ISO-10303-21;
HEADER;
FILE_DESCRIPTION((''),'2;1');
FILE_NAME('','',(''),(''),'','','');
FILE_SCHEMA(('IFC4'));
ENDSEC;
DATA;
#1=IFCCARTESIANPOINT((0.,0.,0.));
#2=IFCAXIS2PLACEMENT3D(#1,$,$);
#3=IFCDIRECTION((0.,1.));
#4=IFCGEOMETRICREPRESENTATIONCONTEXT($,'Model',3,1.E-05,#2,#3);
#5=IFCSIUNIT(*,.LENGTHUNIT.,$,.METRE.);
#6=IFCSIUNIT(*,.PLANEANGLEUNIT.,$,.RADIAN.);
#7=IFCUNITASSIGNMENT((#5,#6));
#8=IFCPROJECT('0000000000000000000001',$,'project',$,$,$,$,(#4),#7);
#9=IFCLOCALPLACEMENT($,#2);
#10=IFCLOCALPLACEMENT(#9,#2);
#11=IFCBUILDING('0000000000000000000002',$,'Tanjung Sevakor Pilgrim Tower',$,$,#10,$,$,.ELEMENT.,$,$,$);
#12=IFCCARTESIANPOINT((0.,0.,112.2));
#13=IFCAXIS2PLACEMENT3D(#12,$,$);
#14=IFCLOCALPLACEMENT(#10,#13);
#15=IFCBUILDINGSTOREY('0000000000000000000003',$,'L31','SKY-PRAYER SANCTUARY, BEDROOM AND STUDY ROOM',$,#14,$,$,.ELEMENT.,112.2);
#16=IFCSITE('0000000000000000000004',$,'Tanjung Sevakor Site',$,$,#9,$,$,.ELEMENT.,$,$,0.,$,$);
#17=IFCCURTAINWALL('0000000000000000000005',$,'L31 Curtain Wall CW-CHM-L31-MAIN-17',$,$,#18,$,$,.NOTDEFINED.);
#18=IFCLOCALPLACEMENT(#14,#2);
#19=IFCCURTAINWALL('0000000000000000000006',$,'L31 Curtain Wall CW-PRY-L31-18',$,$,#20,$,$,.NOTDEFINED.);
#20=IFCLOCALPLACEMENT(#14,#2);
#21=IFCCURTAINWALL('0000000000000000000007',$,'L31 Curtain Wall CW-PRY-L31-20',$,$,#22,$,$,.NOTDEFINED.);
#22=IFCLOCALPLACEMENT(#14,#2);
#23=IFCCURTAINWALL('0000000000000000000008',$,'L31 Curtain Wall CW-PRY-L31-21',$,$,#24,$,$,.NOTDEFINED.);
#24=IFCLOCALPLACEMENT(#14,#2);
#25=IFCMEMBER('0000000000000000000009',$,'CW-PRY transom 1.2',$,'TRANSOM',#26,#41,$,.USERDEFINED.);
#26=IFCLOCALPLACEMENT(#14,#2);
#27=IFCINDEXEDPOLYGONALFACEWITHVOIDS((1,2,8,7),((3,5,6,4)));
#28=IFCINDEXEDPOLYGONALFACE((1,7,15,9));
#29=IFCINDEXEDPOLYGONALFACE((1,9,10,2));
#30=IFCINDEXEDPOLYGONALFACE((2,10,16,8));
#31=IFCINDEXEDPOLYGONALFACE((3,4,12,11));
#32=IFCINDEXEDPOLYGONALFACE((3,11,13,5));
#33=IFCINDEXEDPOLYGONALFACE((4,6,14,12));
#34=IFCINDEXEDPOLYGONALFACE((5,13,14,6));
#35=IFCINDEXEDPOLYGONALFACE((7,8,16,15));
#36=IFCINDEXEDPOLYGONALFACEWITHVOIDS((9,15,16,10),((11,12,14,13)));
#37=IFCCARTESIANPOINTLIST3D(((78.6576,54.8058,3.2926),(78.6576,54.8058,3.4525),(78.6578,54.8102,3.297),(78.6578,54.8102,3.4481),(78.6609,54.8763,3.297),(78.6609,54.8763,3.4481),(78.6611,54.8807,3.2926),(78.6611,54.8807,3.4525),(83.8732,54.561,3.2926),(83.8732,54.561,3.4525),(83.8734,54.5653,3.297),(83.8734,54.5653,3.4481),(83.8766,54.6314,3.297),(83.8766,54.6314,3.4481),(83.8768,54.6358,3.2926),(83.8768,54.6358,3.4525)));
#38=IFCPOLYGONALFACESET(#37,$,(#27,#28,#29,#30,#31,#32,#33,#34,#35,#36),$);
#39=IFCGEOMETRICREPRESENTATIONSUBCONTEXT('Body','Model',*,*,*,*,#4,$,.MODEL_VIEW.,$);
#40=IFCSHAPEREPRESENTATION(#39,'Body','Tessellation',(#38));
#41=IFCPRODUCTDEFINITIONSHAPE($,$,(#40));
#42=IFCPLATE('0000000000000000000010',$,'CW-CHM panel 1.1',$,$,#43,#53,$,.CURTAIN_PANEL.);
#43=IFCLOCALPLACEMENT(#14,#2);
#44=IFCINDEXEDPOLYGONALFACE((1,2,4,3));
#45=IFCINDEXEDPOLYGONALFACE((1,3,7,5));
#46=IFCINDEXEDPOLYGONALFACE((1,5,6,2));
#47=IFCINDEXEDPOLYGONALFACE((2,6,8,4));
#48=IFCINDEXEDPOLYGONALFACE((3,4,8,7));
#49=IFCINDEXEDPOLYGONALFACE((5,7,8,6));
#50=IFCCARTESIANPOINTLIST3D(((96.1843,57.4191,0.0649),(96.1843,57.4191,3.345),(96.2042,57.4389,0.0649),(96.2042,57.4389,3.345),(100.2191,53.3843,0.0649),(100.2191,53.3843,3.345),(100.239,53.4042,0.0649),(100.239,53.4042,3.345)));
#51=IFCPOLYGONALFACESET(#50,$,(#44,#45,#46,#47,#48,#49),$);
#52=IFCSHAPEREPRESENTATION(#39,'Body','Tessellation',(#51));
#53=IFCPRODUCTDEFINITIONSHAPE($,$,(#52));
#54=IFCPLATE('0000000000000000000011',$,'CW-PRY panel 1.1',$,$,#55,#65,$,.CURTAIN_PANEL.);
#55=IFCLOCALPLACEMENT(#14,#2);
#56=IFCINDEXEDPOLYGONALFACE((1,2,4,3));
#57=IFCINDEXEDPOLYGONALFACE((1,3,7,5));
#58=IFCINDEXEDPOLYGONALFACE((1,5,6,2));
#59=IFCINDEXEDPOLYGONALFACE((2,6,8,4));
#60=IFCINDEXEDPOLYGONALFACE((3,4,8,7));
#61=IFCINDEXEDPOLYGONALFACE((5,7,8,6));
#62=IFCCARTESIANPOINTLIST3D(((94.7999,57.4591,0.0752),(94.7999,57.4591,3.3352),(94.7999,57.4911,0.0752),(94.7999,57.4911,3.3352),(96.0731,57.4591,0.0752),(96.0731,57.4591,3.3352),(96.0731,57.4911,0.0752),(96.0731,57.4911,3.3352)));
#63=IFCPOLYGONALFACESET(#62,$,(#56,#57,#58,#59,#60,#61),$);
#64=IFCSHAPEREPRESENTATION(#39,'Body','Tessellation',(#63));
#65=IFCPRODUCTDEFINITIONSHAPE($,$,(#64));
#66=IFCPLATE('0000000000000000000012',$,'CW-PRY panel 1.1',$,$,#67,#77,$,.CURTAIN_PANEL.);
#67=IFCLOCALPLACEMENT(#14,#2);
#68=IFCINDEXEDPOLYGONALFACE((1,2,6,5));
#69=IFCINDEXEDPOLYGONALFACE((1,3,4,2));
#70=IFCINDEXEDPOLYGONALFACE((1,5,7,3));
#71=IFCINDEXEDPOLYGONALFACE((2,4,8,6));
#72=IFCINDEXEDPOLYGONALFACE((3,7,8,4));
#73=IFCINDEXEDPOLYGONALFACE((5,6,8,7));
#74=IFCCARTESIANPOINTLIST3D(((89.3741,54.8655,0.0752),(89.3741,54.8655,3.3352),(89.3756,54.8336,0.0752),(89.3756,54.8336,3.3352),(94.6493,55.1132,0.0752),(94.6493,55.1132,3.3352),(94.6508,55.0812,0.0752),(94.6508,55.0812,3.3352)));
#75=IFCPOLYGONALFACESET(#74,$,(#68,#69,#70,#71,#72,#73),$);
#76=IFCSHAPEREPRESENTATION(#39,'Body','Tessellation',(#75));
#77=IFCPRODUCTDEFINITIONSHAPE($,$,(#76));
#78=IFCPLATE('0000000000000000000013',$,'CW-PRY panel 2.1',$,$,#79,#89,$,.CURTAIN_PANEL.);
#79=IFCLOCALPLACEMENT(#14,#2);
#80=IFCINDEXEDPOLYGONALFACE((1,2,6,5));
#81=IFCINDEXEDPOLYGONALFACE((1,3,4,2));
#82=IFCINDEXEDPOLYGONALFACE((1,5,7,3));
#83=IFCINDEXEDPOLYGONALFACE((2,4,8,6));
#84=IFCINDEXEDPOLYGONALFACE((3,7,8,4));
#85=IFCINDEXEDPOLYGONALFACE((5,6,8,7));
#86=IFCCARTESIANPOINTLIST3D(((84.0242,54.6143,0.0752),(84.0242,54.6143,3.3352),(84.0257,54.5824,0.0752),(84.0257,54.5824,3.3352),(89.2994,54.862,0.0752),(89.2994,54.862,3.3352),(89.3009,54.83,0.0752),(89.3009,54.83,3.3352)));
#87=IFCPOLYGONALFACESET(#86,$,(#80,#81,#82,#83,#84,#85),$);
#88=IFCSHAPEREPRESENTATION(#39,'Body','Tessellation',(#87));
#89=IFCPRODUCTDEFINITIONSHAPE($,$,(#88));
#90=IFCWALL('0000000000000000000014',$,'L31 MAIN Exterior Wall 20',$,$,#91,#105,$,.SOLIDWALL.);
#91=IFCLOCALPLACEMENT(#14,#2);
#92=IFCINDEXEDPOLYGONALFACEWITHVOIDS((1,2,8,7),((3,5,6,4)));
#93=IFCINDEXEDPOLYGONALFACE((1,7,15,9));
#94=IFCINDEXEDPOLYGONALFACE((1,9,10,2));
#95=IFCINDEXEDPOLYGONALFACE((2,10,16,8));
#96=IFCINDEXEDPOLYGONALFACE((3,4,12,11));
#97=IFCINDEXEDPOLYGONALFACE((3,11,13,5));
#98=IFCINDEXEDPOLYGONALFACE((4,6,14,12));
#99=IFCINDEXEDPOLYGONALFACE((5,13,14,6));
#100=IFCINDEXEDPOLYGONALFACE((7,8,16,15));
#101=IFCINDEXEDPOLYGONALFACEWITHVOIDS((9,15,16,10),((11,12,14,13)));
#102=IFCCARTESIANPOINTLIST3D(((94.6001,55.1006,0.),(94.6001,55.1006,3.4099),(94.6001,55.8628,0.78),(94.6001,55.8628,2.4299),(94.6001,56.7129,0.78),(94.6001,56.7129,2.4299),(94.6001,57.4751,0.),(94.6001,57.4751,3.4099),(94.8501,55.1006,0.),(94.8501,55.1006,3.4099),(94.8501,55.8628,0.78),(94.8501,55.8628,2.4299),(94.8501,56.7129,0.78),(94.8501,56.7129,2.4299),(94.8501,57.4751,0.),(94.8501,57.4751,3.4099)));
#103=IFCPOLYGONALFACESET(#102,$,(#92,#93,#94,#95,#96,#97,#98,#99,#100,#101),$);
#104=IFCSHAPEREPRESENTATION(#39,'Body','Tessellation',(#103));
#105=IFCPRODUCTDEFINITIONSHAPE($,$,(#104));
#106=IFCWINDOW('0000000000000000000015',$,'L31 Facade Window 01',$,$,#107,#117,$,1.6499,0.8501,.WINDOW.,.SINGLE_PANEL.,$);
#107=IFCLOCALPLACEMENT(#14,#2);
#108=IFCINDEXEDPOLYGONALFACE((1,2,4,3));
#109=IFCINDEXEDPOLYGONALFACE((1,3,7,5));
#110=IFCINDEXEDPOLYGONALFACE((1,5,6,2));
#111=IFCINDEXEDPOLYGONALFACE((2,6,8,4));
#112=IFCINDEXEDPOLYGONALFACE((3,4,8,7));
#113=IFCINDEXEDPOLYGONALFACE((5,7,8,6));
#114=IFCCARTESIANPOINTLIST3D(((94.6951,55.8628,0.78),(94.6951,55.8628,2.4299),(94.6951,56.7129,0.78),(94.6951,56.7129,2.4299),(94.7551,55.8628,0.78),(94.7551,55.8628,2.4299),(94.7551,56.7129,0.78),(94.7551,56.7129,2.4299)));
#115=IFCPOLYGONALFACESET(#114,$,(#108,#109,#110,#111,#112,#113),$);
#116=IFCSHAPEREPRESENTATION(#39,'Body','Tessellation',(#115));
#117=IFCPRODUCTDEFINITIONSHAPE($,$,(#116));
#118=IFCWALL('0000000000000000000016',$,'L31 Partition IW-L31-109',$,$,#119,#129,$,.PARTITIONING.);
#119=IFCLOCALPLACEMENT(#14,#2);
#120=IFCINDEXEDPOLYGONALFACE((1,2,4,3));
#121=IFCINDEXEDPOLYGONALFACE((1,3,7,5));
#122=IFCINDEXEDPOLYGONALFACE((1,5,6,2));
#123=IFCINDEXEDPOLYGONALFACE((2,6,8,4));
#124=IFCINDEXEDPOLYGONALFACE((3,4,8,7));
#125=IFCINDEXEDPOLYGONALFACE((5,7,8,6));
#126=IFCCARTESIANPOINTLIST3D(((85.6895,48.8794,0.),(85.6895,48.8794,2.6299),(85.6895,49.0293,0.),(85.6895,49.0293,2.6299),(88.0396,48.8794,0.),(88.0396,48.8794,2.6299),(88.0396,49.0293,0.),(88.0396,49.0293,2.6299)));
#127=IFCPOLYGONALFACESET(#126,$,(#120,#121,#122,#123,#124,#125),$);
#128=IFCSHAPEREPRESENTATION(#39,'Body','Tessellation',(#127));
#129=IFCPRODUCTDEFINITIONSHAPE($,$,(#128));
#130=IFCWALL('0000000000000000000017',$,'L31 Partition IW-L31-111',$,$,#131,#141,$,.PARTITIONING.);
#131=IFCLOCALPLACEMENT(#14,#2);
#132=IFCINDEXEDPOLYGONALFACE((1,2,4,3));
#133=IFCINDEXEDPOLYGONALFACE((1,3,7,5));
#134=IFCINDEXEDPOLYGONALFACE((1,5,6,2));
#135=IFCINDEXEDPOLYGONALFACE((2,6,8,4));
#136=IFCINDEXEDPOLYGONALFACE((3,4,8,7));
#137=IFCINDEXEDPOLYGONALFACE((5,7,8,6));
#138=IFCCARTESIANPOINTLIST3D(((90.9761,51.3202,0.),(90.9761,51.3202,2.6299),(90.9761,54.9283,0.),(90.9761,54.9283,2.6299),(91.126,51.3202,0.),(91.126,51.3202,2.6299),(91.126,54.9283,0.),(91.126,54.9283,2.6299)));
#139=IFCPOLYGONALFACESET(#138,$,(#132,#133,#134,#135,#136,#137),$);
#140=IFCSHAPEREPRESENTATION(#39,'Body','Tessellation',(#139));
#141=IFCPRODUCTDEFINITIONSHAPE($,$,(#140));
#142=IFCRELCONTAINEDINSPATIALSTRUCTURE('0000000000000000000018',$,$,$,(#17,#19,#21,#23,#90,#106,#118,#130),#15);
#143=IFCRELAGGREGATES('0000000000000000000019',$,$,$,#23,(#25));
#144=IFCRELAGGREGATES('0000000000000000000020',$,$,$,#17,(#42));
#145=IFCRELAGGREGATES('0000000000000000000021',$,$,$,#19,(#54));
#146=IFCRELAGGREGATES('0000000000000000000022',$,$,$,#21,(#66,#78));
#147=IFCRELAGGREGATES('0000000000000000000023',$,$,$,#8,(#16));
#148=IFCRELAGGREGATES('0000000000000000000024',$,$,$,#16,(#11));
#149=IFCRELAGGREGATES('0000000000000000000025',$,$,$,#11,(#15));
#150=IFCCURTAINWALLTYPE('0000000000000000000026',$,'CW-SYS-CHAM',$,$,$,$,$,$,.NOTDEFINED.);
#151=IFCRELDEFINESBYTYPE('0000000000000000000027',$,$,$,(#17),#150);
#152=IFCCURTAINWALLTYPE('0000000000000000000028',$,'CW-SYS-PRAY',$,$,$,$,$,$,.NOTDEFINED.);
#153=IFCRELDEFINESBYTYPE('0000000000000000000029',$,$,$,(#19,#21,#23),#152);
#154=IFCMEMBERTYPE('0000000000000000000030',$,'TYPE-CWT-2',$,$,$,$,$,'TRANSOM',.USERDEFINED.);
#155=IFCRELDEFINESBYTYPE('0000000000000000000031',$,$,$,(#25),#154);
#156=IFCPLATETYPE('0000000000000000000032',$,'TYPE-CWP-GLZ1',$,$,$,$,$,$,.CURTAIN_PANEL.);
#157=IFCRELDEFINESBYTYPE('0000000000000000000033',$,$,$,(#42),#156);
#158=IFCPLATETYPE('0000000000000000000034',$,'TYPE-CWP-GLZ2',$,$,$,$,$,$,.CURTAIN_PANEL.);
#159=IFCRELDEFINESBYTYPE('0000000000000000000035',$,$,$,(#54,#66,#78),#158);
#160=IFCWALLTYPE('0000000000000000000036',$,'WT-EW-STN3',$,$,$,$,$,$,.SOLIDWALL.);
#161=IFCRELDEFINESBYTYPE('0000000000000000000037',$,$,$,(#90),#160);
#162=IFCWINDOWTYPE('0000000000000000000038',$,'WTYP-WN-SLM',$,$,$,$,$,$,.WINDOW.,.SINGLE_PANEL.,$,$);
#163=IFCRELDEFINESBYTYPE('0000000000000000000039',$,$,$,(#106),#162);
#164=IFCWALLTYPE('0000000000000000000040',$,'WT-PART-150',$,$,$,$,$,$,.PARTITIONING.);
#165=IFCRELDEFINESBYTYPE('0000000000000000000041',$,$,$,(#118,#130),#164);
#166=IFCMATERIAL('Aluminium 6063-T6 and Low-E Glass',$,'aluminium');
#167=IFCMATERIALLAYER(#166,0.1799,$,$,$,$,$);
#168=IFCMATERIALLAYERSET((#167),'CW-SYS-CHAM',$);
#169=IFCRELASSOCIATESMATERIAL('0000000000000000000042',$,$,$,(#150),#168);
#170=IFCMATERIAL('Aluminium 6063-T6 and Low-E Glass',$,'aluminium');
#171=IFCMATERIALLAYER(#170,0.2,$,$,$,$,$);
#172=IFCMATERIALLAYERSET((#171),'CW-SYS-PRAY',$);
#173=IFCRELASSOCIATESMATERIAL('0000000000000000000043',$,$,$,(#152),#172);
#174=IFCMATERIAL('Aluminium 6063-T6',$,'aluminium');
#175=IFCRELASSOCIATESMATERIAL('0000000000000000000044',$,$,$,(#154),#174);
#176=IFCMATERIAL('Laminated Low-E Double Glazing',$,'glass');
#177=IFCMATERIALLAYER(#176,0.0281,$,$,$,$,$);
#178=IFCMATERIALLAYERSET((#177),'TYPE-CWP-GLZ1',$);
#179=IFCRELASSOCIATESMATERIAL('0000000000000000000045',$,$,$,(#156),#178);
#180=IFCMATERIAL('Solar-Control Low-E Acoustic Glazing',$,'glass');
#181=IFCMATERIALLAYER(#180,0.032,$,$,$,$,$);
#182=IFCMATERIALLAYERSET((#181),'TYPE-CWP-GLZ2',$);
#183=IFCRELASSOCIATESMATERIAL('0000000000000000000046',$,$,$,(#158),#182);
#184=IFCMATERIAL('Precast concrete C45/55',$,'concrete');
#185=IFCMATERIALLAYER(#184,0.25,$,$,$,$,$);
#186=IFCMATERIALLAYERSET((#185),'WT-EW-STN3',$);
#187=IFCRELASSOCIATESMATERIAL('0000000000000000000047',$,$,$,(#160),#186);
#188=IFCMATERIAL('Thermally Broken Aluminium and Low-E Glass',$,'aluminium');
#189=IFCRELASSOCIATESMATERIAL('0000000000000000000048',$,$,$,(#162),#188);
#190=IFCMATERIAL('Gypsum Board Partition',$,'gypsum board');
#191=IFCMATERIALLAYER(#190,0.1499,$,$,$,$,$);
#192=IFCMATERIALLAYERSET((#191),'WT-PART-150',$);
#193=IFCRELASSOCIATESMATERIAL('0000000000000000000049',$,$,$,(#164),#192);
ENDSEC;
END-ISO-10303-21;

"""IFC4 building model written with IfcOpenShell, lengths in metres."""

from ifc_helpers import new_model, si_unit, direction, frame, frame_2d, origin, origin_2d, place, context, subcontext, project, spatial, rectangle, hollow_rectangle, extrude, material, layer, layer_set, material_profile, profile_set, type_object, element, fill, aggregate, save


model = new_model("IFC4")

# Units and contexts
model_context = context("Model", 3, precision=1e-05, world=origin(), true_north=direction((0.0, 1.0)))
body_context = subcontext(model_context, "Body", "Model", "MODEL_VIEW")
ifc_project = project(units=[si_unit("LENGTHUNIT", "METRE"), si_unit("PLANEANGLEUNIT", "RADIAN")], contexts=[model_context])

# Site, building, storey
site_placement = place(None, origin())
site = spatial("IfcSite", under=ifc_project, at=site_placement, Name="Tanjung Sevakor Site", CompositionType="ELEMENT", RefElevation=0.0)
building_placement = place(site_placement, origin())
building = spatial("IfcBuilding", under=site, at=building_placement, Name="Tanjung Sevakor Pilgrim Tower", CompositionType="ELEMENT")
storey_placement = place(building_placement, frame((0.0, 0.0, 112.2)))
storey = spatial("IfcBuildingStorey", under=building, at=storey_placement, Name="L31", Description="SKY-PRAYER SANCTUARY, BEDROOM AND STUDY ROOM", CompositionType="ELEMENT", Elevation=112.2)

# Curtain walls
ifc_material_1 = material(Name="Aluminium 6063-T6 and Low-E Glass", Category="aluminium")
ifc_layer_1 = layer(ifc_material_1, 0.1799)
ifc_layer_set_1 = layer_set([ifc_layer_1], Name="CW-SYS-CHAM")
curtain_wall_type_1 = type_object("IfcCurtainWallType", Name="CW-SYS-CHAM", PredefinedType="NOTDEFINED", material=ifc_layer_set_1)
curtain_wall_1_placement = place(storey_placement, origin())
curtain_wall_1 = element("IfcCurtainWall", 1, at=curtain_wall_1_placement, inside=storey, type_object=curtain_wall_type_1, Name="L31 Curtain Wall CW-CHM-L31-MAIN-17", PredefinedType="NOTDEFINED")
ifc_material_2 = material(Name="Aluminium 6063-T6 and Low-E Glass", Category="aluminium")
ifc_layer_2 = layer(ifc_material_2, 0.2)
ifc_layer_set_2 = layer_set([ifc_layer_2], Name="CW-SYS-PRAY")
curtain_wall_type_2 = type_object("IfcCurtainWallType", Name="CW-SYS-PRAY", PredefinedType="NOTDEFINED", material=ifc_layer_set_2)
curtain_wall_2_placement = place(storey_placement, origin())
curtain_wall_2 = element("IfcCurtainWall", 2, at=curtain_wall_2_placement, inside=storey, type_object=curtain_wall_type_2, Name="L31 Curtain Wall CW-PRY-L31-18", PredefinedType="NOTDEFINED")
curtain_wall_3_placement = place(storey_placement, origin())
curtain_wall_3 = element("IfcCurtainWall", 3, at=curtain_wall_3_placement, inside=storey, type_object=curtain_wall_type_2, Name="L31 Curtain Wall CW-PRY-L31-20", PredefinedType="NOTDEFINED")

# Curtain wall
curtain_wall_4_placement = place(storey_placement, origin())
curtain_wall_4 = element("IfcCurtainWall", 4, at=curtain_wall_4_placement, inside=storey, type_object=curtain_wall_type_2, Name="L31 Curtain Wall CW-PRY-L31-21", PredefinedType="NOTDEFINED")

# Member
ifc_material_3 = material(Name="Aluminium 6063-T6", Category="aluminium")
ifc_material_profile_1 = material_profile(ifc_material_3, hollow_rectangle(XDim=0.075, YDim=0.1599, WallThickness=0.0044, at=origin_2d()))
ifc_profile_set_1 = profile_set([ifc_material_profile_1], Name="Aluminium 6063-T6")
member_type_1 = type_object("IfcMemberType", Name="TYPE-CWT-2", ElementType="TRANSOM", PredefinedType="USERDEFINED", material=ifc_profile_set_1)
member_1_placement = place(storey_placement, frame((83.875, 54.5984, 3.3726), z_axis=(-0.9989, 0.046899, 0.0), x_axis=(-0.046899, -0.9989, 0.0)))
member_1 = element("IfcMember", 5, at=member_1_placement, type_object=member_type_1, Name="CW-PRY transom 1.2", ObjectType="TRANSOM", PredefinedType="USERDEFINED", context=body_context, shape_type="SweptSolid", body=[
    extrude(hollow_rectangle(XDim=0.075, YDim=0.1599, WallThickness=0.0044, at=origin_2d()), origin(), (0.0, 0.0, 1.0), 5.2214),
])
aggregate(curtain_wall_4, [member_1])

# Plates
ifc_material_4 = material(Name="Laminated Low-E Double Glazing", Category="glass")
ifc_layer_3 = layer(ifc_material_4, 0.0281)
ifc_layer_set_3 = layer_set([ifc_layer_3], Name="TYPE-CWP-GLZ1")
plate_type_1 = type_object("IfcPlateType", Name="TYPE-CWP-GLZ1", PredefinedType="CURTAIN_PANEL", material=ifc_layer_set_3)
plate_1_placement = place(storey_placement, frame((98.2117, 55.4116, 0.0649), z_axis=(0.0, 0.0, 1.0), x_axis=(-0.707107, 0.707107, 0.0)))
plate_1 = element("IfcPlate", 6, at=plate_1_placement, type_object=plate_type_1, Name="CW-CHM panel 1.1", PredefinedType="CURTAIN_PANEL", context=body_context, shape_type="SweptSolid", body=[
    extrude(rectangle(XDim=5.7061, YDim=0.0281, at=origin_2d()), origin(), (0.0, 0.0, 1.0), 3.28),
])
aggregate(curtain_wall_1, [plate_1])
ifc_material_5 = material(Name="Solar-Control Low-E Acoustic Glazing", Category="glass")
ifc_layer_4 = layer(ifc_material_5, 0.032)
ifc_layer_set_4 = layer_set([ifc_layer_4], Name="TYPE-CWP-GLZ2")
plate_type_2 = type_object("IfcPlateType", Name="TYPE-CWP-GLZ2", PredefinedType="CURTAIN_PANEL", material=ifc_layer_set_4)
plate_2_placement = place(storey_placement, frame((95.4365, 57.4751, 0.0752), z_axis=(0.0, 0.0, 1.0), x_axis=(-1.0, 0.0, 0.0)))
plate_2 = element("IfcPlate", 7, at=plate_2_placement, type_object=plate_type_2, Name="CW-PRY panel 1.1", PredefinedType="CURTAIN_PANEL", context=body_context, shape_type="SweptSolid", body=[
    extrude(rectangle(XDim=1.2732, YDim=0.032, at=origin_2d()), origin(), (0.0, 0.0, 1.0), 3.26),
])
aggregate(curtain_wall_2, [plate_2])
plate_3_placement = place(storey_placement, frame((92.0125, 54.9734, 0.0752), z_axis=(0.0, 0.0, 1.0), x_axis=(-0.9989, -0.04689, 0.0)))
plate_3 = element("IfcPlate", 8, at=plate_3_placement, type_object=plate_type_2, Name="CW-PRY panel 1.1", PredefinedType="CURTAIN_PANEL", context=body_context, shape_type="SweptSolid", body=[
    extrude(rectangle(XDim=5.281, YDim=0.032, at=origin_2d()), origin(), (0.0, 0.0, 1.0), 3.26),
])
plate_4_placement = place(storey_placement, frame((86.6626, 54.7222, 0.0752), z_axis=(0.0, 0.0, 1.0), x_axis=(-0.9989, -0.04689, 0.0)))
plate_4 = element("IfcPlate", 9, at=plate_4_placement, type_object=plate_type_2, Name="CW-PRY panel 2.1", PredefinedType="CURTAIN_PANEL", context=body_context, shape_type="SweptSolid", body=[
    extrude(rectangle(XDim=5.281, YDim=0.032, at=origin_2d()), origin(), (0.0, 0.0, 1.0), 3.26),
])
aggregate(curtain_wall_3, [plate_3, plate_4])

# Wall, opening, window
ifc_material_6 = material(Name="Precast concrete C45/55", Category="concrete")
ifc_layer_5 = layer(ifc_material_6, 0.25)
ifc_layer_set_5 = layer_set([ifc_layer_5], Name="WT-EW-STN3")
wall_type_1 = type_object("IfcWallType", Name="WT-EW-STN3", PredefinedType="SOLIDWALL", material=ifc_layer_set_5)
wall_1_placement = place(storey_placement, frame((94.7251, 57.4751, 0.0), z_axis=(0.0, 0.0, 1.0), x_axis=(0.0, -1.0, 0.0)))
wall_1 = element("IfcWall", 10, at=wall_1_placement, inside=storey, type_object=wall_type_1, Name="L31 MAIN Exterior Wall 20", PredefinedType="SOLIDWALL", context=body_context, shape_type="SweptSolid", body=[
    extrude(rectangle(XDim=2.3745, YDim=0.25, at=frame_2d((1.1873, 0.0))), origin(), (0.0, 0.0, 1.0), 3.4099),
])
opening_1_placement = place(wall_1_placement, frame((0.7622, 0.0, 0.78)))
opening_1 = element("IfcOpeningElement", 11, at=opening_1_placement, cuts=wall_1, PredefinedType="OPENING", context=body_context, shape_type="SweptSolid", body=[
    extrude(rectangle(XDim=0.8501, YDim=1.6499, at=frame_2d((0.425, 0.825))), frame((0.0, 0.135, 0.0), z_axis=(0.0, -1.0, 0.0), x_axis=(1.0, 0.0, 0.0)), (0.0, 0.0, 1.0), 0.27),
])
ifc_material_7 = material(Name="Thermally Broken Aluminium and Low-E Glass", Category="aluminium")
window_type = type_object("IfcWindowType", Name="WTYP-WN-SLM", PartitioningType="SINGLE_PANEL", PredefinedType="WINDOW", material=ifc_material_7)
window_placement = place(opening_1_placement, origin())
window = element("IfcWindow", 12, at=window_placement, inside=storey, type_object=window_type, Name="L31 Facade Window 01", OverallHeight=1.6499, OverallWidth=0.8501, PartitioningType="SINGLE_PANEL", PredefinedType="WINDOW", context=body_context, shape_type="SweptSolid", body=[
    extrude(rectangle(XDim=0.8501, YDim=1.6499, at=frame_2d((0.425, 0.825))), frame((0.0, 0.03, 0.0), z_axis=(0.0, -1.0, 0.0), x_axis=(1.0, 0.0, 0.0)), (0.0, 0.0, 1.0), 0.0601),
])
fill(opening_1, window)

# Walls
ifc_material_8 = material(Name="Gypsum Board Partition", Category="gypsum board")
ifc_layer_6 = layer(ifc_material_8, 0.1499)
ifc_layer_set_6 = layer_set([ifc_layer_6], Name="WT-PART-150")
wall_type_2 = type_object("IfcWallType", Name="WT-PART-150", PredefinedType="PARTITIONING", material=ifc_layer_set_6)
wall_2_placement = place(storey_placement, frame((85.6895, 48.9543, 0.0), z_axis=(0.0, 0.0, 1.0), x_axis=(1.0, 0.0, 0.0)))
element("IfcWall", 13, at=wall_2_placement, inside=storey, type_object=wall_type_2, Name="L31 Partition IW-L31-109", PredefinedType="PARTITIONING", context=body_context, shape_type="SweptSolid", body=[
    extrude(rectangle(XDim=2.3501, YDim=0.1499, at=frame_2d((1.175, 0.0))), origin(), (0.0, 0.0, 1.0), 2.6299),
])
wall_3_placement = place(storey_placement, frame((91.051, 51.3201, 0.0), z_axis=(0.0, 0.0, 1.0), x_axis=(0.0, 1.0, 0.0)))
element("IfcWall", 14, at=wall_3_placement, inside=storey, type_object=wall_type_2, Name="L31 Partition IW-L31-111", PredefinedType="PARTITIONING", context=body_context, shape_type="SweptSolid", body=[
    extrude(rectangle(XDim=3.6082, YDim=0.1499, at=frame_2d((1.8042, 0.0))), origin(), (0.0, 0.0, 1.0), 2.6299),
])

save(model, "model.ifc")
